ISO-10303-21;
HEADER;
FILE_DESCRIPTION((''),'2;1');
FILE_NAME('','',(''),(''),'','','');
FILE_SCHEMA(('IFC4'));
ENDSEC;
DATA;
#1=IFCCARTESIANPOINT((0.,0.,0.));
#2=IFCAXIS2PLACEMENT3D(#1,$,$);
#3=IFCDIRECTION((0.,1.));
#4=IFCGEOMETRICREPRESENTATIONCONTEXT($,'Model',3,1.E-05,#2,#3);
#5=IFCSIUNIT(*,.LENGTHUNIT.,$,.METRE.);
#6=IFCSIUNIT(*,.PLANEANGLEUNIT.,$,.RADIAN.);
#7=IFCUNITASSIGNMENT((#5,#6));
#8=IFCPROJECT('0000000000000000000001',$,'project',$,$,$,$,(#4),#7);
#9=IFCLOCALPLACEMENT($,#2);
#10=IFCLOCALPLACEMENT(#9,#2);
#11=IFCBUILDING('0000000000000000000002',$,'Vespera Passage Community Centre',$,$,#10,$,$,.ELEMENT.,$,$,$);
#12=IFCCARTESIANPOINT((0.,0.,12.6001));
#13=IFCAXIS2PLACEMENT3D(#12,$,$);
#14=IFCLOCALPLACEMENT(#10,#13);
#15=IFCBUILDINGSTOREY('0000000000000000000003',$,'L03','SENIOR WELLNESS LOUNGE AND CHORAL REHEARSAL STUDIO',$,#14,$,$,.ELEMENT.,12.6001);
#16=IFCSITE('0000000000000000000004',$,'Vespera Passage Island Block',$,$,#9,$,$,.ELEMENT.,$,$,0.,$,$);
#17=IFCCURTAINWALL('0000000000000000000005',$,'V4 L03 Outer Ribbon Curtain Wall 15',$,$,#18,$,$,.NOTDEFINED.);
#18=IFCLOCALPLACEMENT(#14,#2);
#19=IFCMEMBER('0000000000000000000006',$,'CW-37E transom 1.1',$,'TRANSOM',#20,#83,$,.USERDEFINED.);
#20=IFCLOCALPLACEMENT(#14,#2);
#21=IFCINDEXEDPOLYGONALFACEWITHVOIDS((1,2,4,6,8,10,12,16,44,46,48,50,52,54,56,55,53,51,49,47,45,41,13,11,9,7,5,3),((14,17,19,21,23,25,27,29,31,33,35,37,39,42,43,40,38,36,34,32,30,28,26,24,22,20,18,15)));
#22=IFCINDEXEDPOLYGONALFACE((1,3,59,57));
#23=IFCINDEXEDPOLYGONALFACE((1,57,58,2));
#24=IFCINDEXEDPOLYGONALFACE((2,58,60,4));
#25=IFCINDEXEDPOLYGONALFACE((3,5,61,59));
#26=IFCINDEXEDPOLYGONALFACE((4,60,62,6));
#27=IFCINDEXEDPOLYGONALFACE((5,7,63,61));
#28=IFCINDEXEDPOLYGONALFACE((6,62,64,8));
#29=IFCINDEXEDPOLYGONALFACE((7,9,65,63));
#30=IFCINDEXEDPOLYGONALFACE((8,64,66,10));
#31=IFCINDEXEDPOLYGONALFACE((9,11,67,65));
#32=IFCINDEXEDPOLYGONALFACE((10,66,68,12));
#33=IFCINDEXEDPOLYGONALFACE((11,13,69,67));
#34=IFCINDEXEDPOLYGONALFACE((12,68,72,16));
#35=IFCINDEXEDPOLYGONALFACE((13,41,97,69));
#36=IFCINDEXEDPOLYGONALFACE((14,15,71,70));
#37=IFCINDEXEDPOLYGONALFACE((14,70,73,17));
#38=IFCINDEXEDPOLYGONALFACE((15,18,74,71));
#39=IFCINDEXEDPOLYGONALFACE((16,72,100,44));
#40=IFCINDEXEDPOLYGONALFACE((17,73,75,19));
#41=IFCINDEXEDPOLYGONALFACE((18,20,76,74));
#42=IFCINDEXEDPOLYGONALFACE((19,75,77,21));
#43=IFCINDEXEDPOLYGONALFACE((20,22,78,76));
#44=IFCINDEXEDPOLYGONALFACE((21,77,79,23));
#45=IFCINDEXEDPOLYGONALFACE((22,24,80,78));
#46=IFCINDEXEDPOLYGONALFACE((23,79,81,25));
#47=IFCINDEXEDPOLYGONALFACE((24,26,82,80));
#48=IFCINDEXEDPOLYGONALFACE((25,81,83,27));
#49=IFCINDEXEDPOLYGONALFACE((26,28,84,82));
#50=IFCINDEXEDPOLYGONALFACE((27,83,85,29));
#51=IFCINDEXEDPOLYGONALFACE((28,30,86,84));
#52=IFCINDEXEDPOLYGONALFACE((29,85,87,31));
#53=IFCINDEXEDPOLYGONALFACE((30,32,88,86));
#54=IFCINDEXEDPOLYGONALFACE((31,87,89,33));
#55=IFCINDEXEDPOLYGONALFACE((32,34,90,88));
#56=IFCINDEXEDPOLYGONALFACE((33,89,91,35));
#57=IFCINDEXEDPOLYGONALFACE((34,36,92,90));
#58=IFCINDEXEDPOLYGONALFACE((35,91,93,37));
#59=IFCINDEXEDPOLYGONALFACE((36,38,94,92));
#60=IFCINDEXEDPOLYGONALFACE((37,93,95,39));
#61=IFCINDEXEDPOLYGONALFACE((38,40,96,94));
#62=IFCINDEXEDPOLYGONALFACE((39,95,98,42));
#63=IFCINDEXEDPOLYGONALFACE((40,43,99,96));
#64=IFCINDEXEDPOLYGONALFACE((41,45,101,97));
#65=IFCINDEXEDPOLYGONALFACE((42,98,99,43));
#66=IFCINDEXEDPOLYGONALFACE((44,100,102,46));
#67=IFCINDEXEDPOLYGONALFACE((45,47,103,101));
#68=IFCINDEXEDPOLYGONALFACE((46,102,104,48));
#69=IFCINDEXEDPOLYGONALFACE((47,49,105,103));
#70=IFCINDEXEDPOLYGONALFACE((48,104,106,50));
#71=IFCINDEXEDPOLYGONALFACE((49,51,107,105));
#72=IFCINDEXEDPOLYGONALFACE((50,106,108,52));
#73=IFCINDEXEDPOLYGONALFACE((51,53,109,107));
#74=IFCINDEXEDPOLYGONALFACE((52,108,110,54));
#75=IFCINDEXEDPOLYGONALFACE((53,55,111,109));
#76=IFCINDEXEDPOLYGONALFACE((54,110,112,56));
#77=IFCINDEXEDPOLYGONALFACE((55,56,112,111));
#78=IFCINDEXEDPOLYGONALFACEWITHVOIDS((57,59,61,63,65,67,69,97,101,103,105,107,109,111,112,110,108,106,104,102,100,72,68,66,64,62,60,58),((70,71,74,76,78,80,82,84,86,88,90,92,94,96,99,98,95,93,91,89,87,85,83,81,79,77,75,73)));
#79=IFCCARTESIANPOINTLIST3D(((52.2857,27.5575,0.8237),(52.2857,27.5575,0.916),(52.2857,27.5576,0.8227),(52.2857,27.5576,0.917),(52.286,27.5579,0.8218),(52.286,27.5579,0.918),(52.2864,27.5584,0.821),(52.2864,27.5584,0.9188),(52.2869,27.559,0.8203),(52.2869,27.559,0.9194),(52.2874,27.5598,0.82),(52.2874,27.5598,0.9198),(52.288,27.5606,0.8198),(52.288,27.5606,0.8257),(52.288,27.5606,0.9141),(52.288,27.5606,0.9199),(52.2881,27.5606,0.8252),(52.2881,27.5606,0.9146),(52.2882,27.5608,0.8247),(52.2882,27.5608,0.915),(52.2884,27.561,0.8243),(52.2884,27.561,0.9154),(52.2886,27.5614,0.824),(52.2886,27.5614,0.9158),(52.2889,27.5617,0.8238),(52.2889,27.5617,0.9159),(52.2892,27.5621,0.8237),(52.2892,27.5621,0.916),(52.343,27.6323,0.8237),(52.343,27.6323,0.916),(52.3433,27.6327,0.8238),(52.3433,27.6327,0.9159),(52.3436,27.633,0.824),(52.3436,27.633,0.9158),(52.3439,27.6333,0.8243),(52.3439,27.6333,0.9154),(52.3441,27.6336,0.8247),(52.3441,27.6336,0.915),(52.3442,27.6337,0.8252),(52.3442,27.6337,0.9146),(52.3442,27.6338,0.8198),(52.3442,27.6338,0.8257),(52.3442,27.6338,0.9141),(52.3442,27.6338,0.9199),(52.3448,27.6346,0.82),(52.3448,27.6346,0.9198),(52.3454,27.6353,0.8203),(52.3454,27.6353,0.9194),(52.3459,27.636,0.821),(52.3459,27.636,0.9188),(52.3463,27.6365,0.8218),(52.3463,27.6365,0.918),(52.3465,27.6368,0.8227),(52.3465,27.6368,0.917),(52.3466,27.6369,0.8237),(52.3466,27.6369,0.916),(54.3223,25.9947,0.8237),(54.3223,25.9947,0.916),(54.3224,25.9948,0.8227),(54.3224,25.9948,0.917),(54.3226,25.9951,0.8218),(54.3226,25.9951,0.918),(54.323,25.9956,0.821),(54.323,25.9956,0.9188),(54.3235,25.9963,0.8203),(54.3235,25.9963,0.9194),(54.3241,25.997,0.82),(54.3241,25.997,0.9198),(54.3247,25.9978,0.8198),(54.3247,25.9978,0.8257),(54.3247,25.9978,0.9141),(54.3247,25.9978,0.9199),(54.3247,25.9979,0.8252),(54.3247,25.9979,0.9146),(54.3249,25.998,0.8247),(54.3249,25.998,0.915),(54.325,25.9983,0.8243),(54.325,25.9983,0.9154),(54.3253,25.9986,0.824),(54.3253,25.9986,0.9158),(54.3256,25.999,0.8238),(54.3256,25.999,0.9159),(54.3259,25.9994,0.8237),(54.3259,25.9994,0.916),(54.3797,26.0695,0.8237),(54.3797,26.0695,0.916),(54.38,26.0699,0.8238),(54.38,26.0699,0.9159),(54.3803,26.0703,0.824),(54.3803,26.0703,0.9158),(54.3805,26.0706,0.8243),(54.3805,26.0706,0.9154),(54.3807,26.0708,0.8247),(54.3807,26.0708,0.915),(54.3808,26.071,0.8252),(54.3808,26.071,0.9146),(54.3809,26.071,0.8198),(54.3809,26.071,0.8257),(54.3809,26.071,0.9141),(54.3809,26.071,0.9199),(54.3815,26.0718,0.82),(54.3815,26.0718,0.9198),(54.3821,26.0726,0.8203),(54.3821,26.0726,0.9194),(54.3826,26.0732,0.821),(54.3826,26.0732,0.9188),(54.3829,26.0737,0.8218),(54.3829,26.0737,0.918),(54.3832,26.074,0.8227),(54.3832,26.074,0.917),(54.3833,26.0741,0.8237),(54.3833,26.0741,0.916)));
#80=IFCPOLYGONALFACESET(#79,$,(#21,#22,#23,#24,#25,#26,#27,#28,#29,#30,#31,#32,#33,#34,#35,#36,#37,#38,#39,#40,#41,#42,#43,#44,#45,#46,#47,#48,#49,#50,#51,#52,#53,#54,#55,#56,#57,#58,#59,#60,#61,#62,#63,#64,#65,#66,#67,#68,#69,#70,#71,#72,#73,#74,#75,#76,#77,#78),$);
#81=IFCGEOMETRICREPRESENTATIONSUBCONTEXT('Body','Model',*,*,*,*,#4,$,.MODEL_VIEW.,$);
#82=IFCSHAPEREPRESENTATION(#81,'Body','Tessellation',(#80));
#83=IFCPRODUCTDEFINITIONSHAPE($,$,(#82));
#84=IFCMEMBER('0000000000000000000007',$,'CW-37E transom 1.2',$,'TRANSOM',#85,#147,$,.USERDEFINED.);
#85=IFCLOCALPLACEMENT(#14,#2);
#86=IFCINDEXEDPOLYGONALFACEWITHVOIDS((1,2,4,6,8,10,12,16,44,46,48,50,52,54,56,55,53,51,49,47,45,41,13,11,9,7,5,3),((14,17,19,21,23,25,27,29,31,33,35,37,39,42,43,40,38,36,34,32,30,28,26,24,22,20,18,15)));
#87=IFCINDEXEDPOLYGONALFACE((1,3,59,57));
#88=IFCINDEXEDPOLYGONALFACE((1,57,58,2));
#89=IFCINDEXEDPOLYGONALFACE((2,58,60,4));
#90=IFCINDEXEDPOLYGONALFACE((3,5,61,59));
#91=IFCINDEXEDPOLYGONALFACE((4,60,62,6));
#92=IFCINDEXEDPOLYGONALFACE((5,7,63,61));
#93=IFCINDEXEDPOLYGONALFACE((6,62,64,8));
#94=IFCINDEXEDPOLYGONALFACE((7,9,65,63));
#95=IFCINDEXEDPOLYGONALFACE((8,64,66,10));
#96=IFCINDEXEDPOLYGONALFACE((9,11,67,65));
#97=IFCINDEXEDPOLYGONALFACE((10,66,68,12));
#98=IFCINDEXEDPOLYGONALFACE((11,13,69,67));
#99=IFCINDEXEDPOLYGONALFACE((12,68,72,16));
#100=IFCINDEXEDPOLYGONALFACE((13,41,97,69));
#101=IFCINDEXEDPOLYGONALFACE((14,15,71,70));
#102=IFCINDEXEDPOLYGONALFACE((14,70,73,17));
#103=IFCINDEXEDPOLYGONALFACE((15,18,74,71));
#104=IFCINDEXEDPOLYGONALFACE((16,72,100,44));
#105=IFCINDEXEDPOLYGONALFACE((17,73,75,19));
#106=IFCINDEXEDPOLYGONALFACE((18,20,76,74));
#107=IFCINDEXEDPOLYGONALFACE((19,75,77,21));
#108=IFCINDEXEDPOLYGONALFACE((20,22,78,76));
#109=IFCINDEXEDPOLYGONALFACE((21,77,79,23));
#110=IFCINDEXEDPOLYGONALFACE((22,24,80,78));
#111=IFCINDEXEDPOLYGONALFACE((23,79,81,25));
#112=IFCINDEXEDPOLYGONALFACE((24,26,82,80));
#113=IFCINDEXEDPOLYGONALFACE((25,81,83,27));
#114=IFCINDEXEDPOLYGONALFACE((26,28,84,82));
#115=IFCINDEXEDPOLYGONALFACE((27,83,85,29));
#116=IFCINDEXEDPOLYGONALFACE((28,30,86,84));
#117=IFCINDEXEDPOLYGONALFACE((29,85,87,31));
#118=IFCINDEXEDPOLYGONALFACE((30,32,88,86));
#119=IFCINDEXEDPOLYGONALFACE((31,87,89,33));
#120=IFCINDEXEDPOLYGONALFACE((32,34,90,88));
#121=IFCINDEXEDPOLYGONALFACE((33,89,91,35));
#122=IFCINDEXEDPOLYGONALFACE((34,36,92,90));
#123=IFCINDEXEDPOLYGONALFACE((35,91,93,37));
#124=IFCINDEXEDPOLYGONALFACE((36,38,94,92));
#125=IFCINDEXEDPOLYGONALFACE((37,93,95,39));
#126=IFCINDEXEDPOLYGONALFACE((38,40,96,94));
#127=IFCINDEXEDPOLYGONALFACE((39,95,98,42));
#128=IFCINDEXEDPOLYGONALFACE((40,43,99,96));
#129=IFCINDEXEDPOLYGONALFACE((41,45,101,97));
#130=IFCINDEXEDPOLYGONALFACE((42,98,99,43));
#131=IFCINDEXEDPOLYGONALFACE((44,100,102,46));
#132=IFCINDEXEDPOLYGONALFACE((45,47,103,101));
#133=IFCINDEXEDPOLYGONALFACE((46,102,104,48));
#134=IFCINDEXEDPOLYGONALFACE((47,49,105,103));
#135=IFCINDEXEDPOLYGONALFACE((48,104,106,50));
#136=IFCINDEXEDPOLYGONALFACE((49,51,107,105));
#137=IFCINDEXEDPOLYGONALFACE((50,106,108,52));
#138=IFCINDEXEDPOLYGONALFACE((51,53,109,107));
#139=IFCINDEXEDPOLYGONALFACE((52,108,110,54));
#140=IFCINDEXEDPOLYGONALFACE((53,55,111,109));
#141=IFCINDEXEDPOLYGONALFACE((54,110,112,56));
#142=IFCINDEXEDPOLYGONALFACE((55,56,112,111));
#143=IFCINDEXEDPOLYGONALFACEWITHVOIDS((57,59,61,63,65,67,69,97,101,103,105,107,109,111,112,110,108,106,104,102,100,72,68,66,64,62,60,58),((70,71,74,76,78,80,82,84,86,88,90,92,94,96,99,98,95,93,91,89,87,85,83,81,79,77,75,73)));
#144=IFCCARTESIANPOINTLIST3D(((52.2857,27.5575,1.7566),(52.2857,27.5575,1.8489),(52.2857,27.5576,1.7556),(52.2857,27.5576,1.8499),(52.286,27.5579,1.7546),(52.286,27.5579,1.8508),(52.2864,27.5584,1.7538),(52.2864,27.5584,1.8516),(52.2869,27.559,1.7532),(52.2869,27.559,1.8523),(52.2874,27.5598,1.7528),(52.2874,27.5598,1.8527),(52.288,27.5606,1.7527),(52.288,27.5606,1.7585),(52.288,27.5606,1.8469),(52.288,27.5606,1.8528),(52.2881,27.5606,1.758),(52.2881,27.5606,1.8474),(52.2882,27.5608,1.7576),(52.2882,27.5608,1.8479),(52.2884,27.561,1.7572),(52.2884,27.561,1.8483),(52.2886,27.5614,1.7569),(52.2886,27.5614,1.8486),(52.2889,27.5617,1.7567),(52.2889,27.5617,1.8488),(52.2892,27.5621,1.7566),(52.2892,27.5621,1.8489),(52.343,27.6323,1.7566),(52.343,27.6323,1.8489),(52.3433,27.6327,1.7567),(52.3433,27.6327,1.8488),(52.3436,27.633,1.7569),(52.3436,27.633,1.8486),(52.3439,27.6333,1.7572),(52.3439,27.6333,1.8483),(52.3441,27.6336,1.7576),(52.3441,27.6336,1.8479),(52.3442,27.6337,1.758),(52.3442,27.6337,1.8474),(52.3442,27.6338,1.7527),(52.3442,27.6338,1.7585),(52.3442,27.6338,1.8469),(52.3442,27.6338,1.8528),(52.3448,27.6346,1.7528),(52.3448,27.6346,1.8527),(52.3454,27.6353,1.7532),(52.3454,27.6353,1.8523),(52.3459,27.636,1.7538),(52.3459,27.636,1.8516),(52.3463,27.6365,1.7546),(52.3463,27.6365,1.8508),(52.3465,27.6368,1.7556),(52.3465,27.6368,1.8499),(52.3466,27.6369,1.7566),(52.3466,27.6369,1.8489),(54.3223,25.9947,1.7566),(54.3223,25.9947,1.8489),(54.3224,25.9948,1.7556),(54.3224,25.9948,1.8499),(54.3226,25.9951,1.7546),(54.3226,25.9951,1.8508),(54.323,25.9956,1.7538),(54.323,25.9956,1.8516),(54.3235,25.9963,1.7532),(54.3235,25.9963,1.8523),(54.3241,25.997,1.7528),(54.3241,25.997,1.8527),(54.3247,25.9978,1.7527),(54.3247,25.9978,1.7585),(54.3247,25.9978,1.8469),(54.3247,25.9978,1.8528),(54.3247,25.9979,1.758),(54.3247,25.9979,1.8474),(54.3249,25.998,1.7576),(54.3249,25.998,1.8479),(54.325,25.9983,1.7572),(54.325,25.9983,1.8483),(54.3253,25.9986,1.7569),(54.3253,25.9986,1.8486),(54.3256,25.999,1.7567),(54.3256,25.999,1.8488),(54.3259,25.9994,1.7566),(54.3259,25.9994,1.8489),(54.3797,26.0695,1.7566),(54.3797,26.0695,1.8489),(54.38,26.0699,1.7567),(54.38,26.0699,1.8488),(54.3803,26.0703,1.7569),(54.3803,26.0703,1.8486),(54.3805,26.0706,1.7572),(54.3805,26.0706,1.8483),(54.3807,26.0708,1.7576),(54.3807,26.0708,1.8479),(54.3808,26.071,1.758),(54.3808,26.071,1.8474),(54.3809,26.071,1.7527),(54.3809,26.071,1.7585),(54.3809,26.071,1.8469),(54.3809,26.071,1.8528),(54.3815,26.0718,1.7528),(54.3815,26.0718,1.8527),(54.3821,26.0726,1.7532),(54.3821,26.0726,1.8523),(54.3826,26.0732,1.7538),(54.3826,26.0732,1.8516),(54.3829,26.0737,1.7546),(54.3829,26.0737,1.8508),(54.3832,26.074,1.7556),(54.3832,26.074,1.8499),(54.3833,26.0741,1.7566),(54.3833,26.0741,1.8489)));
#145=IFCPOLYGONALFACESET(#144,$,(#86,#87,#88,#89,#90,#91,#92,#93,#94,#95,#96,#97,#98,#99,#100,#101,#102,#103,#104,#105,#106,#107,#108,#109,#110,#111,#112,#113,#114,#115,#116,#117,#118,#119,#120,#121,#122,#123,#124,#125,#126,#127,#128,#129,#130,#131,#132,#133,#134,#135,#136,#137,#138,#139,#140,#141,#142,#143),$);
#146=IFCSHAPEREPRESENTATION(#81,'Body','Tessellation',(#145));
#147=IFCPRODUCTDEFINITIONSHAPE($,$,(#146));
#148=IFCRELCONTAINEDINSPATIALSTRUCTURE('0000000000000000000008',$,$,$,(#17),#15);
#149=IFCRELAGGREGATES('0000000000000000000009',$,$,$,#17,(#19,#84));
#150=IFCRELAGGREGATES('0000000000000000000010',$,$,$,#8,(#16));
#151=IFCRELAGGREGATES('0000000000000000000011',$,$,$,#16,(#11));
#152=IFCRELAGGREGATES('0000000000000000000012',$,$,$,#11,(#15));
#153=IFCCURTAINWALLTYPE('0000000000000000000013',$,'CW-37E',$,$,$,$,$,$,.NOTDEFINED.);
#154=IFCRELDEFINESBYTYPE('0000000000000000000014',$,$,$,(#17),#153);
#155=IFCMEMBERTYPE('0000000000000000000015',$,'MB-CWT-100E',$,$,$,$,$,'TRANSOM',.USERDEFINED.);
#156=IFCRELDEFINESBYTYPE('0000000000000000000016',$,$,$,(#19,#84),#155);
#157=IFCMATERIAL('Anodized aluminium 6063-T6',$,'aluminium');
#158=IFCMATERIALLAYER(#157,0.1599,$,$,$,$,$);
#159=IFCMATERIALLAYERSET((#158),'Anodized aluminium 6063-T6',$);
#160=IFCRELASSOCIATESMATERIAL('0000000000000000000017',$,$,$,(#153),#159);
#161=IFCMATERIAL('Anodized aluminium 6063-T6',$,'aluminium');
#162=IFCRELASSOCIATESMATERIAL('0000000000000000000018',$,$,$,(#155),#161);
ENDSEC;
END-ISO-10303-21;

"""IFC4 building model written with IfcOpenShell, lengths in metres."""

from ifc_helpers import new_model, si_unit, direction, frame, origin, origin_2d, place, context, subcontext, project, spatial, hollow_rectangle, extrude, material, layer, layer_set, material_profile, profile_set, type_object, element, aggregate, save


model = new_model("IFC4")

# Units and contexts
model_context = context("Model", 3, precision=1e-05, world=origin(), true_north=direction((0.0, 1.0)))
body_context = subcontext(model_context, "Body", "Model", "MODEL_VIEW")
ifc_project = project(units=[si_unit("LENGTHUNIT", "METRE"), si_unit("PLANEANGLEUNIT", "RADIAN")], contexts=[model_context])

# Site, building, storey
site_placement = place(None, origin())
site = spatial("IfcSite", under=ifc_project, at=site_placement, Name="Vespera Passage Island Block", CompositionType="ELEMENT", RefElevation=0.0)
building_placement = place(site_placement, origin())
building = spatial("IfcBuilding", under=site, at=building_placement, Name="Vespera Passage Community Centre", CompositionType="ELEMENT")
storey_placement = place(building_placement, frame((0.0, 0.0, 12.6001)))
storey = spatial("IfcBuildingStorey", under=building, at=storey_placement, Name="L03", Description="SENIOR WELLNESS LOUNGE AND CHORAL REHEARSAL STUDIO", CompositionType="ELEMENT", Elevation=12.6001)

# Curtain wall, members
ifc_material_1 = material(Name="Anodized aluminium 6063-T6", Category="aluminium")
ifc_layer_1 = layer(ifc_material_1, 0.1599)
ifc_layer_set_1 = layer_set([ifc_layer_1], Name="Anodized aluminium 6063-T6")
curtain_wall_type = type_object("IfcCurtainWallType", Name="CW-37E", PredefinedType="NOTDEFINED", material=ifc_layer_set_1)
curtain_wall_placement = place(storey_placement, origin())
curtain_wall = element("IfcCurtainWall", 1, at=curtain_wall_placement, inside=storey, type_object=curtain_wall_type, Name="V4 L03 Outer Ribbon Curtain Wall 15", PredefinedType="NOTDEFINED")
ifc_material_2 = material(Name="Anodized aluminium 6063-T6", Category="aluminium")
ifc_material_profile_1 = material_profile(ifc_material_2, hollow_rectangle(XDim=0.1001, YDim=0.1001, WallThickness=0.0039, InnerFilletRadius=0.002, OuterFilletRadius=0.0039, at=origin_2d()), Name="ALU100X100X4")
ifc_profile_set_1 = profile_set([ifc_material_profile_1], Name="Anodized aluminium 6063-T6")
member_type_1 = type_object("IfcMemberType", Name="MB-CWT-100E", ElementType="TRANSOM", PredefinedType="USERDEFINED", material=ifc_profile_set_1)
member_1_placement = place(storey_placement, frame((54.3528, 26.0344, 0.8699), z_axis=(-0.793355, 0.608759, 0.0), x_axis=(-0.608759, -0.793355, 0.0)))
member_1 = element("IfcMember", 2, at=member_1_placement, type_object=member_type_1, Name="CW-37E transom 1.1", ObjectType="TRANSOM", PredefinedType="USERDEFINED", context=body_context, shape_type="SweptSolid", body=[
    extrude(hollow_rectangle(XDim=0.1001, YDim=0.1001, WallThickness=0.0039, InnerFilletRadius=0.002, OuterFilletRadius=0.0039, at=origin_2d()), origin(), (0.0, 0.0, 1.0), 2.5671),
])
member_2_placement = place(storey_placement, frame((54.3528, 26.0344, 1.8027), z_axis=(-0.793355, 0.608759, 0.0), x_axis=(-0.608759, -0.793355, 0.0)))
member_2 = element("IfcMember", 3, at=member_2_placement, type_object=member_type_1, Name="CW-37E transom 1.2", ObjectType="TRANSOM", PredefinedType="USERDEFINED", context=body_context, shape_type="SweptSolid", body=[
    extrude(hollow_rectangle(XDim=0.1001, YDim=0.1001, WallThickness=0.0039, InnerFilletRadius=0.002, OuterFilletRadius=0.0039, at=origin_2d()), origin(), (0.0, 0.0, 1.0), 2.5671),
])
aggregate(curtain_wall, [member_1, member_2])

save(model, "model.ifc")
